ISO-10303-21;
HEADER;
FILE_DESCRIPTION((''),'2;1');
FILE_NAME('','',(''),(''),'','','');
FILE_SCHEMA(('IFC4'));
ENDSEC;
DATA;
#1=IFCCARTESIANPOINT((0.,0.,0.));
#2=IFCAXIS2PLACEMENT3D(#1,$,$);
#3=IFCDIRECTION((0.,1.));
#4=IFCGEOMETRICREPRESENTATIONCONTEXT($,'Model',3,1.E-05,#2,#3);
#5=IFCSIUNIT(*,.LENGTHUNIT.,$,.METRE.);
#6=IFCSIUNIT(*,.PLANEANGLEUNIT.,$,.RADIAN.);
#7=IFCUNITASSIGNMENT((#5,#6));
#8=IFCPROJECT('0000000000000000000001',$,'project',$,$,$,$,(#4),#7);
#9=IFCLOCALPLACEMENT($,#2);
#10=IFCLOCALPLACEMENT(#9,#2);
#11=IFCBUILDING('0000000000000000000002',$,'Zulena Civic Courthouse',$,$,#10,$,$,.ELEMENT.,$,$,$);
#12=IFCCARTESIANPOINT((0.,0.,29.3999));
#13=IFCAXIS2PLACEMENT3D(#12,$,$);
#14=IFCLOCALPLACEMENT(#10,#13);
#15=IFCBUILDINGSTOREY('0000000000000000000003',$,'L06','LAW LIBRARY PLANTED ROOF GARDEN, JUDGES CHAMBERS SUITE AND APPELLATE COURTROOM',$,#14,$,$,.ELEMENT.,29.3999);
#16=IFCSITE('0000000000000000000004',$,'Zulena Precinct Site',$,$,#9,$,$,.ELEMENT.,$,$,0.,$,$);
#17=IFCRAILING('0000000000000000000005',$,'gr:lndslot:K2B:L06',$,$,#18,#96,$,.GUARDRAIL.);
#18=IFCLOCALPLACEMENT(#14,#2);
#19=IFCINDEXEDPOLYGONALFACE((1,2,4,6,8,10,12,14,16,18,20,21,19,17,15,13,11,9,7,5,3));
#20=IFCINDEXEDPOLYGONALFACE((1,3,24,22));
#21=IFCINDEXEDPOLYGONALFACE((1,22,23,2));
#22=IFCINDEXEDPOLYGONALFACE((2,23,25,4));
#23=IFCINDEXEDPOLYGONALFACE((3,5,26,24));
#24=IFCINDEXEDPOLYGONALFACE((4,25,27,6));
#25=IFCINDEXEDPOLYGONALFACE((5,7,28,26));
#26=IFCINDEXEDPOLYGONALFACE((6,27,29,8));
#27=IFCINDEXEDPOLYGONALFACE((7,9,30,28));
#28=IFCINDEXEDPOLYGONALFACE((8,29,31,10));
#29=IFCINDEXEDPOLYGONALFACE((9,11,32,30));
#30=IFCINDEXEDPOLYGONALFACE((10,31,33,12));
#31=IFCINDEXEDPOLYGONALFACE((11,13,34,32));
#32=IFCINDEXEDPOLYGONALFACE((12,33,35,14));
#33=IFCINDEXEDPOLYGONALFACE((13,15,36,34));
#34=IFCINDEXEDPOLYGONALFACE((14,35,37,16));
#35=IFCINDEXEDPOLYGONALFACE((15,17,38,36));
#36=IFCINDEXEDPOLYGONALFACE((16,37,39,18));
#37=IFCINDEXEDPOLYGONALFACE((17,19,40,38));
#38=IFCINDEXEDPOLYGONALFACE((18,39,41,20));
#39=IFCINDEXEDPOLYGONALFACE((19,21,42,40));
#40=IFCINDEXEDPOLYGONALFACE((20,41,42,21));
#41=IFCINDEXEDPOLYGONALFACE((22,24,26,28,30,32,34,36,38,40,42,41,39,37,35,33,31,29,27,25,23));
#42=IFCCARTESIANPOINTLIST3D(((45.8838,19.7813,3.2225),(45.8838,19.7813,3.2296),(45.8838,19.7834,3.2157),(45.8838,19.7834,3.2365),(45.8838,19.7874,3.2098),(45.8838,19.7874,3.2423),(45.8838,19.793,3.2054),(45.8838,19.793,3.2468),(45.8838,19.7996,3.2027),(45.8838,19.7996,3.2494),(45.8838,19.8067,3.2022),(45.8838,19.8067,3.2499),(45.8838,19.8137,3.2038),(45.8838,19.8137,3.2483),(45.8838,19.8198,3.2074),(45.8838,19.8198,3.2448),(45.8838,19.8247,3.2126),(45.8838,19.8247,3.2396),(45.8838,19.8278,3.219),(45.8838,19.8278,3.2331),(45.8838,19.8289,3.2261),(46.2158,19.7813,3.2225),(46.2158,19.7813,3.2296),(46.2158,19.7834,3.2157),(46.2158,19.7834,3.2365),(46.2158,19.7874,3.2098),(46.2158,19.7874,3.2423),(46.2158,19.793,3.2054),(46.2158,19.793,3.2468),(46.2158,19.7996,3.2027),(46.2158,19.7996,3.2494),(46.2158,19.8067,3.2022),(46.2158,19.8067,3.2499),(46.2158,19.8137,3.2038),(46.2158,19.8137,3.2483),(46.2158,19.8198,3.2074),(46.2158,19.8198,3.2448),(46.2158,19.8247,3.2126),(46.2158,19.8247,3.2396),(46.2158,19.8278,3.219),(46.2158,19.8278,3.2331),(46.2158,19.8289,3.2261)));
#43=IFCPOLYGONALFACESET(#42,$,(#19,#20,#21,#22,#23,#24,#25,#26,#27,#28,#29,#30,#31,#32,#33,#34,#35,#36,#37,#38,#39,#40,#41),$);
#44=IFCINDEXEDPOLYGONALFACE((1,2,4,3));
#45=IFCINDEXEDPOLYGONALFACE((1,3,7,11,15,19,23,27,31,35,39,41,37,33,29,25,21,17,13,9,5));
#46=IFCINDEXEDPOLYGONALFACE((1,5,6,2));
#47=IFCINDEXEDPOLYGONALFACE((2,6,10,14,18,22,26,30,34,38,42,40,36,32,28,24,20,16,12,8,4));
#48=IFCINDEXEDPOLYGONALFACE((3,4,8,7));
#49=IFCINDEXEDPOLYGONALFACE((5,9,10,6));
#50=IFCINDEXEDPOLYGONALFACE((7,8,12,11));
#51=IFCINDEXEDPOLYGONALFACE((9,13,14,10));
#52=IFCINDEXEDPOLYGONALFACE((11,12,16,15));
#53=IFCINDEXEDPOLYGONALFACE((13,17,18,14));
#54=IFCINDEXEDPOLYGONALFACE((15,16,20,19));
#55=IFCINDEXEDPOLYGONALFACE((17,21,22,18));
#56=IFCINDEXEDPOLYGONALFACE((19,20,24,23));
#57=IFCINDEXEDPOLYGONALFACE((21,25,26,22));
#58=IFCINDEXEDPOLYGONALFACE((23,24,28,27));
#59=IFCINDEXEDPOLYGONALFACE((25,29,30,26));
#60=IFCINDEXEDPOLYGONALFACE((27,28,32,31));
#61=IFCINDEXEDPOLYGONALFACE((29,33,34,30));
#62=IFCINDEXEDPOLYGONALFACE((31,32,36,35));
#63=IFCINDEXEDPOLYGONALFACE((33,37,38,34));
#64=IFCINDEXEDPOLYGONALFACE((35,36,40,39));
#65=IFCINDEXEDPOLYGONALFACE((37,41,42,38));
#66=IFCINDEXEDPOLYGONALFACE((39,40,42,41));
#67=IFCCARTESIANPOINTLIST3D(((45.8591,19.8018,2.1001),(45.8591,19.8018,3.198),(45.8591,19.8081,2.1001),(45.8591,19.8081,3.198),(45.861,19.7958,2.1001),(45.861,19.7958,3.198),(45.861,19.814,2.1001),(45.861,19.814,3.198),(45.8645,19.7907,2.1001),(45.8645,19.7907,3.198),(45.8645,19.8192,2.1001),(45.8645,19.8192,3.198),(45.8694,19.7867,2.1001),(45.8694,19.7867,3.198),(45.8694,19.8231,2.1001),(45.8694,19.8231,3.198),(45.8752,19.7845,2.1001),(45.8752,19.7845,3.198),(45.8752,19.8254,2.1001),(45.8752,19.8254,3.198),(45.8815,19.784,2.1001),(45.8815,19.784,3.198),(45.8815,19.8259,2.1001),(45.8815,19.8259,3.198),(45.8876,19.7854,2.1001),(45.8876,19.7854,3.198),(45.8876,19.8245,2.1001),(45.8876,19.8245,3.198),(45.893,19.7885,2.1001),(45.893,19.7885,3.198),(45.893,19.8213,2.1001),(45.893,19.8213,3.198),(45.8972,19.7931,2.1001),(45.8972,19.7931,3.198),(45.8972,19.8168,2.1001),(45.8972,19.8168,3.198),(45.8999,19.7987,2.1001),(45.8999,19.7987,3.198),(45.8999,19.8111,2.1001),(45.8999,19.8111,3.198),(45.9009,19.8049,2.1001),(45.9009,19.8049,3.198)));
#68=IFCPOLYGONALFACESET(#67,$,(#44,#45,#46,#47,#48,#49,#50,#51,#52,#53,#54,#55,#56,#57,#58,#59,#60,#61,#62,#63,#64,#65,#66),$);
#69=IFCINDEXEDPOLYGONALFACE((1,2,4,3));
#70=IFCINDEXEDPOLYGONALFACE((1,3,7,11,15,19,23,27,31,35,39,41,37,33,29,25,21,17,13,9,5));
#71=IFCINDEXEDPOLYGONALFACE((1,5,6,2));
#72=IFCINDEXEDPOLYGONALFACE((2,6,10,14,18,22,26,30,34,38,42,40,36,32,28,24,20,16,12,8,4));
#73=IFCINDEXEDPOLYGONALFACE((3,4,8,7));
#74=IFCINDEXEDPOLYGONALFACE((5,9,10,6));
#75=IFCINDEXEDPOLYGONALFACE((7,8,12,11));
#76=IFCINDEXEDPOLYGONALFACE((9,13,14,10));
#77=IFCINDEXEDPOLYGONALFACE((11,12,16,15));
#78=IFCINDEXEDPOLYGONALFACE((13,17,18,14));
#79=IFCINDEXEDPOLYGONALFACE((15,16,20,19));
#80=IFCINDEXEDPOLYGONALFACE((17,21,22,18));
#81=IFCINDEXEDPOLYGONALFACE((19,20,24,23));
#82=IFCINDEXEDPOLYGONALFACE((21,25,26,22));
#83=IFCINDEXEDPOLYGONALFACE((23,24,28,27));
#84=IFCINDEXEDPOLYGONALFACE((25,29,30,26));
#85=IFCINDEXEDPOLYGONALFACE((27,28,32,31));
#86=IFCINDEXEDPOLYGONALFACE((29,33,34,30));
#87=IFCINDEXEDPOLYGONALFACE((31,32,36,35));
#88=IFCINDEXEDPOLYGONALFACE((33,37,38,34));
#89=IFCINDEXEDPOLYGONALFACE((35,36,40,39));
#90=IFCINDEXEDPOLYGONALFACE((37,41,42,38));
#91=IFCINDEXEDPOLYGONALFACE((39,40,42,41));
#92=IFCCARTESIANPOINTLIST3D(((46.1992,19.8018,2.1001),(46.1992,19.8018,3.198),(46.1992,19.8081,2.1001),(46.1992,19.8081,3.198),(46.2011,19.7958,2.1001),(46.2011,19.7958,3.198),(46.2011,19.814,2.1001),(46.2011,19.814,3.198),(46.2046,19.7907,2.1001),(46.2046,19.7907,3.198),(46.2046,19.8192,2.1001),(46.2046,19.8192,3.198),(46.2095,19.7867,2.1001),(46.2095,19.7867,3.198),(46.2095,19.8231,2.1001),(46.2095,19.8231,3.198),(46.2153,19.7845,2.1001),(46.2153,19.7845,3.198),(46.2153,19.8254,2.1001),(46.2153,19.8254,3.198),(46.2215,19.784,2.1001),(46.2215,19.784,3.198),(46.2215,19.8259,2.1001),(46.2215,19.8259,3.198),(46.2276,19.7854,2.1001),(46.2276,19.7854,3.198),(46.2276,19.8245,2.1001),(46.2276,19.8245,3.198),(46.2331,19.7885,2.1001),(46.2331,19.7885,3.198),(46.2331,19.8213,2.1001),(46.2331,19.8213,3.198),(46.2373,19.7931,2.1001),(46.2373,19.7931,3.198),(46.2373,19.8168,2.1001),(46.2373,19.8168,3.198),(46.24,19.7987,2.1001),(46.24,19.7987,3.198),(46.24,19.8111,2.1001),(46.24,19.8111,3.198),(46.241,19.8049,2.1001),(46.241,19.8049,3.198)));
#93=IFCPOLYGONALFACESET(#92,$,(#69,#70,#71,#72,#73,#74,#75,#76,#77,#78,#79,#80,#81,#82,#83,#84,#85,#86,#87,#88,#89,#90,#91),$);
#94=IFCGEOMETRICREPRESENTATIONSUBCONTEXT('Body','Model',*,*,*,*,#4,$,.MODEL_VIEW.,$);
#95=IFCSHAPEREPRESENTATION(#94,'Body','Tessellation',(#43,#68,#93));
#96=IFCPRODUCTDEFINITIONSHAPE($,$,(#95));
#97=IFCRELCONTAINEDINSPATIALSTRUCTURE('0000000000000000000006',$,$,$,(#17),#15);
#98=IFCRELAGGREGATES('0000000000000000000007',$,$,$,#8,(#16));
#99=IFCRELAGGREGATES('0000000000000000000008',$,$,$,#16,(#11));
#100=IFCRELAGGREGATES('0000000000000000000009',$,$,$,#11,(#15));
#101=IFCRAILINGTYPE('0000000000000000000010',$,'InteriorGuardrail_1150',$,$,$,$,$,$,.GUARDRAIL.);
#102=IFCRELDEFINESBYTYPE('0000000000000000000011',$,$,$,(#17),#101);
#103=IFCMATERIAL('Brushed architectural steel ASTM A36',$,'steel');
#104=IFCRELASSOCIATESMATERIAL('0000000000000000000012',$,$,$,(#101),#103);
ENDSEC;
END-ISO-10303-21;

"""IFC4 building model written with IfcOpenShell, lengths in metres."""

from ifc_helpers import new_model, si_unit, direction, frame, origin, origin_2d, place, context, subcontext, project, spatial, circle, extrude, material, type_object, element, save


model = new_model("IFC4")

# Units and contexts
model_context = context("Model", 3, precision=1e-05, world=origin(), true_north=direction((0.0, 1.0)))
body_context = subcontext(model_context, "Body", "Model", "MODEL_VIEW")
ifc_project = project(units=[si_unit("LENGTHUNIT", "METRE"), si_unit("PLANEANGLEUNIT", "RADIAN")], contexts=[model_context])

# Site, building, storey
site_placement = place(None, origin())
site = spatial("IfcSite", under=ifc_project, at=site_placement, Name="Zulena Precinct Site", CompositionType="ELEMENT", RefElevation=0.0)
building_placement = place(site_placement, origin())
building = spatial("IfcBuilding", under=site, at=building_placement, Name="Zulena Civic Courthouse", CompositionType="ELEMENT")
storey_placement = place(building_placement, frame((0.0, 0.0, 29.3999)))
storey = spatial("IfcBuildingStorey", under=building, at=storey_placement, Name="L06", Description="LAW LIBRARY PLANTED ROOF GARDEN, JUDGES CHAMBERS SUITE AND APPELLATE COURTROOM", CompositionType="ELEMENT", Elevation=29.3999)

# Railing
ifc_material_1 = material(Name="Brushed architectural steel ASTM A36", Category="steel")
railing_type_1 = type_object("IfcRailingType", Name="InteriorGuardrail_1150", PredefinedType="GUARDRAIL", material=ifc_material_1)
railing_1_placement = place(storey_placement, frame((45.8799, 19.8049, 2.1001)))
element("IfcRailing", 1, at=railing_1_placement, inside=storey, type_object=railing_type_1, Name="gr:lndslot:K2B:L06", PredefinedType="GUARDRAIL", context=body_context, shape_type="SweptSolid", body=[
    extrude(circle(Radius=0.0239, at=origin_2d()), frame((0.0039, 0.0, 1.126), z_axis=(1.0, 0.0, 0.0), x_axis=(0.0, 1.0, 0.0)), (0.0, 0.0, 1.0), 0.332),
    extrude(circle(Radius=0.021, at=origin_2d()), origin(), (0.0, 0.0, 1.0), 1.0979),
    extrude(circle(Radius=0.021, at=origin_2d()), frame((0.3401, 0.0, 0.0)), (0.0, 0.0, 1.0), 1.0979),
])

save(model, "model.ifc")
